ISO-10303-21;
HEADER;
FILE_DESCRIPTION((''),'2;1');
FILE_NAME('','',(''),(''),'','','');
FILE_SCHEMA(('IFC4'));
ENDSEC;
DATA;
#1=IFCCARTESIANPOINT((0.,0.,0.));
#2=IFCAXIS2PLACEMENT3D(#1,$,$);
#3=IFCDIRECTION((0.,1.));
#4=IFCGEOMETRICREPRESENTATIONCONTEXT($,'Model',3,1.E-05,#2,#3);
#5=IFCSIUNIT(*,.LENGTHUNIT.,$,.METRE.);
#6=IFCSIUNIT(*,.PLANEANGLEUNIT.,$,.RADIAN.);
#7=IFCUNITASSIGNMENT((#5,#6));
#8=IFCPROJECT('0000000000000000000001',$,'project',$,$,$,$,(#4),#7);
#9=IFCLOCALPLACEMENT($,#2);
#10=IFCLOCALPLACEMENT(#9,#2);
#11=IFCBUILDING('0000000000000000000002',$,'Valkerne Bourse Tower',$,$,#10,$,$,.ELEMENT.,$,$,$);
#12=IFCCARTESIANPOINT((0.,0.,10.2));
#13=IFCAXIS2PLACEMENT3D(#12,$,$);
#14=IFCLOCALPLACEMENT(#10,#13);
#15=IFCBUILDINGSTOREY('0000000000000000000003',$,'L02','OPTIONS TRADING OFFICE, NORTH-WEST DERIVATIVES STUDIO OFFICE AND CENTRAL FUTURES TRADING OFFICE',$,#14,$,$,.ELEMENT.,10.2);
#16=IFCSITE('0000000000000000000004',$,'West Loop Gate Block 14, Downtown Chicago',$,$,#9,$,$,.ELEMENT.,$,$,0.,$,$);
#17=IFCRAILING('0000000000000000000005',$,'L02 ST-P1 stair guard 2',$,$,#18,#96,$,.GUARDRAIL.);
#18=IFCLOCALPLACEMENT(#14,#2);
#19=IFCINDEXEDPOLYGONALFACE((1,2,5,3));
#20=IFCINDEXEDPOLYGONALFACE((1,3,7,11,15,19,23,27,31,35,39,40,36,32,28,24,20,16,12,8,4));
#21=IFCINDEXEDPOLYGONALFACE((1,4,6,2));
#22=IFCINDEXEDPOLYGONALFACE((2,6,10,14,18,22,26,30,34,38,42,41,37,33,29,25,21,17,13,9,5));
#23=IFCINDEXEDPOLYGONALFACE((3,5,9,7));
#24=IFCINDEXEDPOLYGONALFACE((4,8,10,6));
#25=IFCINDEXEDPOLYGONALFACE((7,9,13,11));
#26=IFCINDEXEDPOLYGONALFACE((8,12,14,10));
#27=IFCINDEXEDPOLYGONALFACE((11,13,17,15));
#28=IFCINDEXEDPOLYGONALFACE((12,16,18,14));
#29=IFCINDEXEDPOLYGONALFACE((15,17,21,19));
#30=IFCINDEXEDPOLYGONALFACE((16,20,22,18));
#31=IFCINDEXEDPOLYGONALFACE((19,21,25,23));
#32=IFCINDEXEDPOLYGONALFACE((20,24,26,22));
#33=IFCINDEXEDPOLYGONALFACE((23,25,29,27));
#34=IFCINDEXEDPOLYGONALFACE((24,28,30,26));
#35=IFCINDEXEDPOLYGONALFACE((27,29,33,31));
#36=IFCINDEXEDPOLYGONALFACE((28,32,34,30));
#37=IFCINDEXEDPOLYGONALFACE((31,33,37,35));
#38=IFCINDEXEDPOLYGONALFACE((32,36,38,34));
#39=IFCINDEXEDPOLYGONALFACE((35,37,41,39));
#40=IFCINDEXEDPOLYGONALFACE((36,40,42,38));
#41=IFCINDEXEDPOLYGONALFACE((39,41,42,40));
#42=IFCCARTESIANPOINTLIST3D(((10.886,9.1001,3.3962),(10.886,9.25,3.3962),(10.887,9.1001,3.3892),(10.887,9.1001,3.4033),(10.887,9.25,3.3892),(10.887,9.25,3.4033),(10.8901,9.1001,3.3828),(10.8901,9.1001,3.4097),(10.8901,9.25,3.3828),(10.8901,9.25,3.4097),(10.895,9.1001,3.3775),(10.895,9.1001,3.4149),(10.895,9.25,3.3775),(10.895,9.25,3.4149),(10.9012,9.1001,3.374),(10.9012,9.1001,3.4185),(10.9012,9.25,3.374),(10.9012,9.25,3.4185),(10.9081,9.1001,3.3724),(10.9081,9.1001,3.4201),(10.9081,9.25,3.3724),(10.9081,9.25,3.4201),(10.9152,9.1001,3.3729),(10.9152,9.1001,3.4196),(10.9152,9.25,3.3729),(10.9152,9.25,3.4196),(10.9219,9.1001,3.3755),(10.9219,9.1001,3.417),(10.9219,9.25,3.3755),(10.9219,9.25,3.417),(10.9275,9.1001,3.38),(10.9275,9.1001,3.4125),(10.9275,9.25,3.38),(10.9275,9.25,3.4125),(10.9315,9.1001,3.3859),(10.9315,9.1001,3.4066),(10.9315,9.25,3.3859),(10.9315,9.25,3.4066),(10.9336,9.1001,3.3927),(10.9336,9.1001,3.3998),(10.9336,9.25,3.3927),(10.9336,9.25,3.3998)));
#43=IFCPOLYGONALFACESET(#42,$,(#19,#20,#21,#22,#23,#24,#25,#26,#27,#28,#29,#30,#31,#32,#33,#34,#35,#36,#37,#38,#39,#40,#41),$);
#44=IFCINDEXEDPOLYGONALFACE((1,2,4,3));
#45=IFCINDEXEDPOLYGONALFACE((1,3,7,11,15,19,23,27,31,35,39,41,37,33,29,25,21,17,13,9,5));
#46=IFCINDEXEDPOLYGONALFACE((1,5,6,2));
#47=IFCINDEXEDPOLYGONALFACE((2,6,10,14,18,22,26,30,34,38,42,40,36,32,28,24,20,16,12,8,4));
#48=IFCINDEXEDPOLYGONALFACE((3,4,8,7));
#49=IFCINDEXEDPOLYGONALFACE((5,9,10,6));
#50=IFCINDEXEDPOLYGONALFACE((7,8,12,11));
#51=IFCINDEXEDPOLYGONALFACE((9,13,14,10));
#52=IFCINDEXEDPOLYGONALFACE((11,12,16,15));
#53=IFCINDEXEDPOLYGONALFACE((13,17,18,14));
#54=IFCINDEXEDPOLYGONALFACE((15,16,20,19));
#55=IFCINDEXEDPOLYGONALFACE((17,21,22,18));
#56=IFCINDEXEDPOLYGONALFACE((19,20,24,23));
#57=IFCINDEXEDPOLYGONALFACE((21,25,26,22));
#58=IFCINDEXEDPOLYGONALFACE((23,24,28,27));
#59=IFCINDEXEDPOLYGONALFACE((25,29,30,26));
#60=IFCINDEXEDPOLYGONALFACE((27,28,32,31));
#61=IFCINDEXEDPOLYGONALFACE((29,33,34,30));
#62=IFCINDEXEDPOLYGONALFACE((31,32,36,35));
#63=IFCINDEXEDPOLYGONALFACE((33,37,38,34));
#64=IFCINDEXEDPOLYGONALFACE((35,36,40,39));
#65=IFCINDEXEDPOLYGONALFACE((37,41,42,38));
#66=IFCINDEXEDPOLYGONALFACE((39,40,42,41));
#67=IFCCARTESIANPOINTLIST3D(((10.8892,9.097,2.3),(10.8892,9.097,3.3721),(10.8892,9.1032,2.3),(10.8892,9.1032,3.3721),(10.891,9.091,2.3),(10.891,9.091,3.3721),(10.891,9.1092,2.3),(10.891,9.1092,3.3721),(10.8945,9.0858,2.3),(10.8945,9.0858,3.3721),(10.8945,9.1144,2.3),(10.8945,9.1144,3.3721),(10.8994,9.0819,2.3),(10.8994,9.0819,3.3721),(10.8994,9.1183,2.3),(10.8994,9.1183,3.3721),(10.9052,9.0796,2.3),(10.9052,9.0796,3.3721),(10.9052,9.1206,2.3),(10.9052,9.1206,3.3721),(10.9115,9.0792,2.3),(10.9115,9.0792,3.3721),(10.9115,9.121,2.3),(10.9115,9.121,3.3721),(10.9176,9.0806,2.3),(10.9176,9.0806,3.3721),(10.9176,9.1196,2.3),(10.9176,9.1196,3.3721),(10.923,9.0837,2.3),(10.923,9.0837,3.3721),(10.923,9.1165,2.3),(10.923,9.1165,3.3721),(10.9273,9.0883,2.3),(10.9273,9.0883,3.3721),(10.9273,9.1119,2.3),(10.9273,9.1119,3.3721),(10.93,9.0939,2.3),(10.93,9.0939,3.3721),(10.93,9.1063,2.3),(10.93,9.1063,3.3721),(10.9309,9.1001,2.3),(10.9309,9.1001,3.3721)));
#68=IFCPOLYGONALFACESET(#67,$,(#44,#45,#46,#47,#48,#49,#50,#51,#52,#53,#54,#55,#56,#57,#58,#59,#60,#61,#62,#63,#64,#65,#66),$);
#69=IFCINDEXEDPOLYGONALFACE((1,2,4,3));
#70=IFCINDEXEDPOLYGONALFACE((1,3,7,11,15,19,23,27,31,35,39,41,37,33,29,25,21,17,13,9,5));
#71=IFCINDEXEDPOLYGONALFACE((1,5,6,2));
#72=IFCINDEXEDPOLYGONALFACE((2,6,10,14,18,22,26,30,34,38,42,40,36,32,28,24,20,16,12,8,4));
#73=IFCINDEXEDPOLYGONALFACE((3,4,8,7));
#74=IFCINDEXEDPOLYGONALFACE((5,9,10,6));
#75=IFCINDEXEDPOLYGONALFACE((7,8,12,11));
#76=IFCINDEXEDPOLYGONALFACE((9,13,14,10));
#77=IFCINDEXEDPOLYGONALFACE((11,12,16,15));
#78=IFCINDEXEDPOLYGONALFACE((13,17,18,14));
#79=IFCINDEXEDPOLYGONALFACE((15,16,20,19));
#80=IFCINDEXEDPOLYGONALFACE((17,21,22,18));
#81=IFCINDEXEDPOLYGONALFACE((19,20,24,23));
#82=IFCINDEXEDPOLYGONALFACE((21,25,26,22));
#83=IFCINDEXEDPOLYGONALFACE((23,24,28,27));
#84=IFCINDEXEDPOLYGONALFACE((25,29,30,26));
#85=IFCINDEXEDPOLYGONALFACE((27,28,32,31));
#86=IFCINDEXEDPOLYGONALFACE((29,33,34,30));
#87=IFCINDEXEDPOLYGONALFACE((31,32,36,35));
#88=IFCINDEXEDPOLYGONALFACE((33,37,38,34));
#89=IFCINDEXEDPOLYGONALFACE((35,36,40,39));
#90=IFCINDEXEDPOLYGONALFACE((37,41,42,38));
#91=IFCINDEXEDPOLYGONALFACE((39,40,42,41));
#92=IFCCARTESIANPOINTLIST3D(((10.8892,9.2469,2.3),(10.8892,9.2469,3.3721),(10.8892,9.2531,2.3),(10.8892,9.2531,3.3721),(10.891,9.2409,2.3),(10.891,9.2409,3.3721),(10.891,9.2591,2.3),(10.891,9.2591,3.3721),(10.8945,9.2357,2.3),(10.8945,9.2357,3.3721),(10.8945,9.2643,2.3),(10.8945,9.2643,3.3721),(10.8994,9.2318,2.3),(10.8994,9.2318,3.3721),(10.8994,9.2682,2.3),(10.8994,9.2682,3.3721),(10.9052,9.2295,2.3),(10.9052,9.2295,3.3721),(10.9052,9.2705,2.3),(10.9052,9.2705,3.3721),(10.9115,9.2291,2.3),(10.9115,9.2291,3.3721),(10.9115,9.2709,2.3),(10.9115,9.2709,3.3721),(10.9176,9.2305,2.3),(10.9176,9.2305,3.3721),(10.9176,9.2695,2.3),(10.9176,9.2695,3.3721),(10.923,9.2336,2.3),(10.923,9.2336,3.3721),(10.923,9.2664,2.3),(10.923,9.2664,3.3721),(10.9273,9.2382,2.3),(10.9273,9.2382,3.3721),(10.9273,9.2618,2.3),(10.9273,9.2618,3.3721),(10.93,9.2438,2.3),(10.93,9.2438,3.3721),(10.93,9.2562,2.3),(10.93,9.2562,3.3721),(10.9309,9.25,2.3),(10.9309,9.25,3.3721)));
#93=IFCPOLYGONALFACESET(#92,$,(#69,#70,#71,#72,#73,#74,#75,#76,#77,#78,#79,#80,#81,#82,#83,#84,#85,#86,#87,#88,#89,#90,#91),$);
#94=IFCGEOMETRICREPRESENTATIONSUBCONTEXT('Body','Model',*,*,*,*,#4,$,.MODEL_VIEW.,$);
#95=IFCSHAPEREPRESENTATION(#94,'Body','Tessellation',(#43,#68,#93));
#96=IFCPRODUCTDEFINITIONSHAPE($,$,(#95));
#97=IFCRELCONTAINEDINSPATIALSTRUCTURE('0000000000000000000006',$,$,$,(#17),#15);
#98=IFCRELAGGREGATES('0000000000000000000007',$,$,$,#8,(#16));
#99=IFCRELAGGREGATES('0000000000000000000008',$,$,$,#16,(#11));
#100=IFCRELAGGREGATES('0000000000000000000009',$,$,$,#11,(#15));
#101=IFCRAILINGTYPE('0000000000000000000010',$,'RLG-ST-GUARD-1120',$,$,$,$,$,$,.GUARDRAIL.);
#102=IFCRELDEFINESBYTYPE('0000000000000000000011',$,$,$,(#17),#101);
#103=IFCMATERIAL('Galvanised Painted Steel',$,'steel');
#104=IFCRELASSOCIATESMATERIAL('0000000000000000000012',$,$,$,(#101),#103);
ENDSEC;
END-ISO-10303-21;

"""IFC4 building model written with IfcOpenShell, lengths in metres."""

from ifc_helpers import new_model, si_unit, direction, frame, origin, origin_2d, place, context, subcontext, project, spatial, circle, extrude, material, type_object, element, save


model = new_model("IFC4")

# Units and contexts
model_context = context("Model", 3, precision=1e-05, world=origin(), true_north=direction((0.0, 1.0)))
body_context = subcontext(model_context, "Body", "Model", "MODEL_VIEW")
ifc_project = project(units=[si_unit("LENGTHUNIT", "METRE"), si_unit("PLANEANGLEUNIT", "RADIAN")], contexts=[model_context])

# Site, building, storey
site_placement = place(None, origin())
site = spatial("IfcSite", under=ifc_project, at=site_placement, Name="West Loop Gate Block 14, Downtown Chicago", CompositionType="ELEMENT", RefElevation=0.0)
building_placement = place(site_placement, origin())
building = spatial("IfcBuilding", under=site, at=building_placement, Name="Valkerne Bourse Tower", CompositionType="ELEMENT")
storey_placement = place(building_placement, frame((0.0, 0.0, 10.2)))
storey = spatial("IfcBuildingStorey", under=building, at=storey_placement, Name="L02", Description="OPTIONS TRADING OFFICE, NORTH-WEST DERIVATIVES STUDIO OFFICE AND CENTRAL FUTURES TRADING OFFICE", CompositionType="ELEMENT", Elevation=10.2)

# Railing
ifc_material_1 = material(Name="Galvanised Painted Steel", Category="steel")
railing_type_1 = type_object("IfcRailingType", Name="RLG-ST-GUARD-1120", PredefinedType="GUARDRAIL", material=ifc_material_1)
railing_1_placement = place(storey_placement, frame((10.9099, 9.1001, 2.3)))
element("IfcRailing", 1, at=railing_1_placement, inside=storey, type_object=railing_type_1, Name="L02 ST-P1 stair guard 2", PredefinedType="GUARDRAIL", context=body_context, shape_type="SweptSolid", body=[
    extrude(circle(Radius=0.0239, at=origin_2d()), frame((0.0, 0.0, 1.0962), z_axis=(0.0, 1.0, 0.0), x_axis=(-1.0, 0.0, 0.0)), (0.0, 0.0, 1.0), 0.1499),
    extrude(circle(Radius=0.021, at=origin_2d()), origin(), (0.0, 0.0, 1.0), 1.072),
    extrude(circle(Radius=0.021, at=origin_2d()), frame((0.0, 0.1499, 0.0)), (0.0, 0.0, 1.0), 1.072),
])

save(model, "model.ifc")
